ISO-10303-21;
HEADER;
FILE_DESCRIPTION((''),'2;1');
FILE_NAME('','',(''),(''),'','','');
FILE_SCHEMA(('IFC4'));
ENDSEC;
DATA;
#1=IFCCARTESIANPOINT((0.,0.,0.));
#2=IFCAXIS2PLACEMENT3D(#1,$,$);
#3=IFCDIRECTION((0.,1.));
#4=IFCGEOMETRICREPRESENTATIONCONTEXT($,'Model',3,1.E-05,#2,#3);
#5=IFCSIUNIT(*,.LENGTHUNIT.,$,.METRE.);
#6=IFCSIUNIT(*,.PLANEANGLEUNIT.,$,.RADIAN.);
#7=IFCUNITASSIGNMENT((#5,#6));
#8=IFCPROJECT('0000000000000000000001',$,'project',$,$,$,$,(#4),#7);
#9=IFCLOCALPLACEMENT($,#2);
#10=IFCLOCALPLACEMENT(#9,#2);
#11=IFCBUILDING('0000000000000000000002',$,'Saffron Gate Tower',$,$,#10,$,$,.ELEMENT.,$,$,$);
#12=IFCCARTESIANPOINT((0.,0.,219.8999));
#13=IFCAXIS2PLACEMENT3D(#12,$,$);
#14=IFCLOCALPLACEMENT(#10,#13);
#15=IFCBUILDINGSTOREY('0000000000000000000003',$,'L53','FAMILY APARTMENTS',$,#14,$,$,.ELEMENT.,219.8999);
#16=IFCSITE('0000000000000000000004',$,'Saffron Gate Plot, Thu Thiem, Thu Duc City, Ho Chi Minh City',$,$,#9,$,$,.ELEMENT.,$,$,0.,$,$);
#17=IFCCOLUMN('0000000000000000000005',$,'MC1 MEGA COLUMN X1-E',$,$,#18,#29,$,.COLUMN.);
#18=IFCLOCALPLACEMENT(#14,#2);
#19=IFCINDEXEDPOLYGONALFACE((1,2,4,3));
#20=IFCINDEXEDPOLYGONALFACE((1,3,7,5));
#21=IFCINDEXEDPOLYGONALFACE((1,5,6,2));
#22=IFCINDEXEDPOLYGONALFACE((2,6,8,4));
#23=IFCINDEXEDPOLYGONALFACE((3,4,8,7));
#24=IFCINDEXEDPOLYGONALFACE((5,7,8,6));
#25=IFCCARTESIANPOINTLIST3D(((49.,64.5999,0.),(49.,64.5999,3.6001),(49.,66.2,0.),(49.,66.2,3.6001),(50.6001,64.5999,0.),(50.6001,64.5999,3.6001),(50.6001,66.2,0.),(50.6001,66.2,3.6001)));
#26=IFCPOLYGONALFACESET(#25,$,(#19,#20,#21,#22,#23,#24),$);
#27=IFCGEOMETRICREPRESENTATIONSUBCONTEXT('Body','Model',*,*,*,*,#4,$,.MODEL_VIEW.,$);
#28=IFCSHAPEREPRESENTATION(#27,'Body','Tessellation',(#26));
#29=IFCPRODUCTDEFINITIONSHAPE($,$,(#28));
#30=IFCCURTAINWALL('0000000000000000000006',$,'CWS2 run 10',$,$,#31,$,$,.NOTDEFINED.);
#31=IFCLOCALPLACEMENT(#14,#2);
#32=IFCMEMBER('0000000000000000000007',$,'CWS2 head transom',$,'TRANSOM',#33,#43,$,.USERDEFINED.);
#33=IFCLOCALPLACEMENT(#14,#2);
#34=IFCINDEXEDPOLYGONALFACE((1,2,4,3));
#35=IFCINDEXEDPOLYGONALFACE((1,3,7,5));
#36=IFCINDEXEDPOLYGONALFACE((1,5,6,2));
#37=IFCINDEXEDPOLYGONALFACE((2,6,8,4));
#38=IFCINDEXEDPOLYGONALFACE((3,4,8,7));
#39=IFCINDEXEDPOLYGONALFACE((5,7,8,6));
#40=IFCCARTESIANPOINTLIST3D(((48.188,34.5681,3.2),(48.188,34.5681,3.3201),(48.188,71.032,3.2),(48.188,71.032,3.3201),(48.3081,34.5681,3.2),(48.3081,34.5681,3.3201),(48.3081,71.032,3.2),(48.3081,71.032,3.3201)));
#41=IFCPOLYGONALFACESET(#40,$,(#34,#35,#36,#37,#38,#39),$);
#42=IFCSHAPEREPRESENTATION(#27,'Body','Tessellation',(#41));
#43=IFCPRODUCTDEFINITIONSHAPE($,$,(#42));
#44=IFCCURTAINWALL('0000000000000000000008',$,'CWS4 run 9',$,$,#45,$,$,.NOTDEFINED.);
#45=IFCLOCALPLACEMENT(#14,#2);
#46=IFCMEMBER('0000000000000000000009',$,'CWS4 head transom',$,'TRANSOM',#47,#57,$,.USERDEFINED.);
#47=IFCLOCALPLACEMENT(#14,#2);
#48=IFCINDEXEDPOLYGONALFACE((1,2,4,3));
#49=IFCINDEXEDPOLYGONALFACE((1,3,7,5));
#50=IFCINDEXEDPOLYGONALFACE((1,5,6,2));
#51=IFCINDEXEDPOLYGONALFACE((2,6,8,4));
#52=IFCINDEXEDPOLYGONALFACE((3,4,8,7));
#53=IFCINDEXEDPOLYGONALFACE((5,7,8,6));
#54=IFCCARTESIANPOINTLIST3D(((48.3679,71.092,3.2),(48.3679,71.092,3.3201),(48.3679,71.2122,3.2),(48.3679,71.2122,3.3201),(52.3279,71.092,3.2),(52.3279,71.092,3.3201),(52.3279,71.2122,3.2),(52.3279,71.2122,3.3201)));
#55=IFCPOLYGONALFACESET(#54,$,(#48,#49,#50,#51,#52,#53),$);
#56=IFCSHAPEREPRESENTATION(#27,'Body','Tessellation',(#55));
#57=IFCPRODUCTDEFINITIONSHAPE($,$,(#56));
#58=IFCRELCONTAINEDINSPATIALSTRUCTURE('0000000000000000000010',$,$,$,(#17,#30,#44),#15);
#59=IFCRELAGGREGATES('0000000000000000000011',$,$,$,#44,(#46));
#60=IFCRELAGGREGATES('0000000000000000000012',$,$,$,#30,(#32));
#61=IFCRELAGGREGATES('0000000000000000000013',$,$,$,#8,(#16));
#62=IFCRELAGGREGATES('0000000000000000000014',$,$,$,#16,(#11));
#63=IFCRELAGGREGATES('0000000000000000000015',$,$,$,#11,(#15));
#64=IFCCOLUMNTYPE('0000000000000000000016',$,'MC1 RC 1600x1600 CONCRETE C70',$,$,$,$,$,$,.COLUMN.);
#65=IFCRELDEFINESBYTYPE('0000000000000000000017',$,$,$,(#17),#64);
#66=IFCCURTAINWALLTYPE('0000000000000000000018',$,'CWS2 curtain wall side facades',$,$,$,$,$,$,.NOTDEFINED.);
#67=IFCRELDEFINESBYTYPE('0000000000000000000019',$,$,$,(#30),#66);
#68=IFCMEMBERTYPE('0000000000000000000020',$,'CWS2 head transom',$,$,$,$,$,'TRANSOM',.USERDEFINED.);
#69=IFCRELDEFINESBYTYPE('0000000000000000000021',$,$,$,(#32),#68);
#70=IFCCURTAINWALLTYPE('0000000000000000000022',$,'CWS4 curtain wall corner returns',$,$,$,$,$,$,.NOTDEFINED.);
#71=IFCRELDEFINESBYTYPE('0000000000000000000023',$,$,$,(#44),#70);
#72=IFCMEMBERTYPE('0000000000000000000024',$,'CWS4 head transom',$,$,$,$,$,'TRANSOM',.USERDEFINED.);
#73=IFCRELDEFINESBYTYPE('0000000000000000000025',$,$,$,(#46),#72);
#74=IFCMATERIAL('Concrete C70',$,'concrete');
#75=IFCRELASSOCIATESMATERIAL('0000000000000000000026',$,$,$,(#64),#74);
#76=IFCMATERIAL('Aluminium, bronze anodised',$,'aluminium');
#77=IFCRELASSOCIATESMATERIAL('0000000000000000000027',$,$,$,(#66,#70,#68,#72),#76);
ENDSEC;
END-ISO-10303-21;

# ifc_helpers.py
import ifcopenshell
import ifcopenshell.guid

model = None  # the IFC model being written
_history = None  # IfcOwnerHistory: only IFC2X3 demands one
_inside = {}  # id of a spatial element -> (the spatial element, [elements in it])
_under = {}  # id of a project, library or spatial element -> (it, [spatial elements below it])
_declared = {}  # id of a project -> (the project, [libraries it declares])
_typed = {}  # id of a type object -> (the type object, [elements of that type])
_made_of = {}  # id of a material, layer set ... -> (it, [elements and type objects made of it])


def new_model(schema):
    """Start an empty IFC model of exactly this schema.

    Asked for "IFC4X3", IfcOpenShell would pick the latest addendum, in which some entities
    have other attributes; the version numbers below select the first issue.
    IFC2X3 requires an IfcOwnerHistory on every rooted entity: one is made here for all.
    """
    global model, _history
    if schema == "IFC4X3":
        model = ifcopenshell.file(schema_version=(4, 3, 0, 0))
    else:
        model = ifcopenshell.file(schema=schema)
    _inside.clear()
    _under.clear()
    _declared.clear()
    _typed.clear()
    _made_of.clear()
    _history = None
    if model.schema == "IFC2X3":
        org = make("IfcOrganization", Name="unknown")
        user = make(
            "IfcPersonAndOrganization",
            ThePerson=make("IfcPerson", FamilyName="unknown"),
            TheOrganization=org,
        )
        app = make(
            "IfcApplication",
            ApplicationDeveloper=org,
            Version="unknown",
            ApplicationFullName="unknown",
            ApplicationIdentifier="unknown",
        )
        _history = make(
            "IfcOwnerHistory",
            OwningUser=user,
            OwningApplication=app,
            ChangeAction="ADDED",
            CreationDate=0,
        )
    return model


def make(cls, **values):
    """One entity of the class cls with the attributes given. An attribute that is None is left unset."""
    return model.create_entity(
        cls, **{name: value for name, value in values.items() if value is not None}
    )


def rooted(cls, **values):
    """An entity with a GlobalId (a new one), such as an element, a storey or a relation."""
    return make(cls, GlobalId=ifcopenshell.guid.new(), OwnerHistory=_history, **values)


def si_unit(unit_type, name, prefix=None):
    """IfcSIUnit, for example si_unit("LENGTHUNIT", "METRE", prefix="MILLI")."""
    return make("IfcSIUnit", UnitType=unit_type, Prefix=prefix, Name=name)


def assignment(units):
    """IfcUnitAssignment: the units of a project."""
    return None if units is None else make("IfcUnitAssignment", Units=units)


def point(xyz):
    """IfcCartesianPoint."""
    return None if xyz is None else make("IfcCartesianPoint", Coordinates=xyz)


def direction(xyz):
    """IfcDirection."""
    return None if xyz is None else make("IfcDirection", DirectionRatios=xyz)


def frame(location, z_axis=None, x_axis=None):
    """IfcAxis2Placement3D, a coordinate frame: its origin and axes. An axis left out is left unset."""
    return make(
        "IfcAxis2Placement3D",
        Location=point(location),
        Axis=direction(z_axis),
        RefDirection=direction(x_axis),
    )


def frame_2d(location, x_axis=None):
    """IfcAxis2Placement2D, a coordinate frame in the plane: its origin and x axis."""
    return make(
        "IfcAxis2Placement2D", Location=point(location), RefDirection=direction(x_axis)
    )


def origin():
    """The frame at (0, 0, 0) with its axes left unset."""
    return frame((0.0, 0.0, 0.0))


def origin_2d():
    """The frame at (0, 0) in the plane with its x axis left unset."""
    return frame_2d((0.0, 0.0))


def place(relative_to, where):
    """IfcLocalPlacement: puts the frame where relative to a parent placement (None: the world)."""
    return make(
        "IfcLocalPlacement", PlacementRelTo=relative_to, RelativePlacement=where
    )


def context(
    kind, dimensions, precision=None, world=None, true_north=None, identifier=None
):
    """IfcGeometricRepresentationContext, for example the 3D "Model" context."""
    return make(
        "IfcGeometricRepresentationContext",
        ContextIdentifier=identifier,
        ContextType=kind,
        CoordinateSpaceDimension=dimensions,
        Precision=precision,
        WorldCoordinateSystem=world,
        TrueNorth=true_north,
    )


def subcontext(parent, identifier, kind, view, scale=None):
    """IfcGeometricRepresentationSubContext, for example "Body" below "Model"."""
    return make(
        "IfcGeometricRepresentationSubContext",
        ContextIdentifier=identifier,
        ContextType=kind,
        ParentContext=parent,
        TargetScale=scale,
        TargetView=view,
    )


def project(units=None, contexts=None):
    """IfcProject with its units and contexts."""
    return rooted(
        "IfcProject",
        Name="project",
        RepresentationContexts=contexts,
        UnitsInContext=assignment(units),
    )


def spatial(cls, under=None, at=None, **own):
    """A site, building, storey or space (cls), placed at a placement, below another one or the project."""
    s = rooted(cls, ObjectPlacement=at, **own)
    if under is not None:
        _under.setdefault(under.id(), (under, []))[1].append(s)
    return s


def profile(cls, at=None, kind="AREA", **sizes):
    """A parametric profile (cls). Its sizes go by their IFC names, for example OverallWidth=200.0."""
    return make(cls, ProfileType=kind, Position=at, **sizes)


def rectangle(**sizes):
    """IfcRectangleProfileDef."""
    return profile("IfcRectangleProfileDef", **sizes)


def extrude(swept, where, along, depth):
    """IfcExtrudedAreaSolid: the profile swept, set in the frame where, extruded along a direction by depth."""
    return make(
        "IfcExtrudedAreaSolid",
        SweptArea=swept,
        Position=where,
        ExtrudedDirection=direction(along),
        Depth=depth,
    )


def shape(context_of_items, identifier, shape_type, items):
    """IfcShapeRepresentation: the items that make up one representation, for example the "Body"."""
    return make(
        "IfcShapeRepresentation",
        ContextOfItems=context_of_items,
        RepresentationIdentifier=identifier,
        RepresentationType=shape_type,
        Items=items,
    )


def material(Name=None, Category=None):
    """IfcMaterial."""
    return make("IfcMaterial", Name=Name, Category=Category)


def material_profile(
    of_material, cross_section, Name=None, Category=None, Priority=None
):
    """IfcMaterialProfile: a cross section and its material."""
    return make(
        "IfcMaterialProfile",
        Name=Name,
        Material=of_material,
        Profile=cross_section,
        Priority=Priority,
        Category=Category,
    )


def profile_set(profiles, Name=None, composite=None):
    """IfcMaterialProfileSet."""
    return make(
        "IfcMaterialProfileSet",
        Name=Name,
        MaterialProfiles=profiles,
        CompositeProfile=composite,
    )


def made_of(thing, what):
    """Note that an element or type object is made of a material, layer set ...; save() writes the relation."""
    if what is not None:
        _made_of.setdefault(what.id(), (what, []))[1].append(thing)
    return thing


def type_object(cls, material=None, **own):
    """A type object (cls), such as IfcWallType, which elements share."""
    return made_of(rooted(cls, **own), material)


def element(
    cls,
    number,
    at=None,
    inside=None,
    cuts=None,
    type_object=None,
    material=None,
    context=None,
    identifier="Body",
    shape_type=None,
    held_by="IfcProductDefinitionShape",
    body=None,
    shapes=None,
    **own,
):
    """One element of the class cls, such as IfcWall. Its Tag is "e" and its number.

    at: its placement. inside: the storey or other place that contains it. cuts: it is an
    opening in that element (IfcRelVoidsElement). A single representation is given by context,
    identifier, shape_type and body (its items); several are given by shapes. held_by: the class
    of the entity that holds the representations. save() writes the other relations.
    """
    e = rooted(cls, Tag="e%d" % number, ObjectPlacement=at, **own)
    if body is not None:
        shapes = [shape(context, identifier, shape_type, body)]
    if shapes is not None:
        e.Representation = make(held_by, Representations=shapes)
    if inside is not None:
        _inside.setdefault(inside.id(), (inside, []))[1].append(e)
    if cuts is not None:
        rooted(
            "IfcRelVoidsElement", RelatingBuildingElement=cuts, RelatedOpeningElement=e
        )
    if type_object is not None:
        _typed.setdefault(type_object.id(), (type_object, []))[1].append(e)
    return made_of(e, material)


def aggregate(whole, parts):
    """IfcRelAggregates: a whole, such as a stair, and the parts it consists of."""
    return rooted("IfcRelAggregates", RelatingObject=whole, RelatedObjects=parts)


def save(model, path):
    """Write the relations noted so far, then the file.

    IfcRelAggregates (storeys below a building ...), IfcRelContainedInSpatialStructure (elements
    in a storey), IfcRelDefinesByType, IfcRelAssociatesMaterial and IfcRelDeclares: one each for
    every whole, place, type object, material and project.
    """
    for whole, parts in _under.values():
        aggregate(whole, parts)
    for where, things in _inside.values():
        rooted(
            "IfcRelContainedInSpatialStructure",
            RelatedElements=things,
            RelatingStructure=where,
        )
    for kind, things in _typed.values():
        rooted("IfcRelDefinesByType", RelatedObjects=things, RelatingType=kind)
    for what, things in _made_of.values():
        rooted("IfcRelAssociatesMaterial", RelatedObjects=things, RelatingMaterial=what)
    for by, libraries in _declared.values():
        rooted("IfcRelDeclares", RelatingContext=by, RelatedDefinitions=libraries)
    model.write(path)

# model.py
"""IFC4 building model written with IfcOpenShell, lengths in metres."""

from ifc_helpers import new_model, si_unit, direction, frame, origin, origin_2d, place, context, subcontext, project, spatial, rectangle, extrude, material, material_profile, profile_set, type_object, element, aggregate, save


model = new_model("IFC4")

# Units and contexts
model_context = context("Model", 3, precision=1e-05, world=origin(), true_north=direction((0.0, 1.0)))
body_context = subcontext(model_context, "Body", "Model", "MODEL_VIEW")
ifc_project = project(units=[si_unit("LENGTHUNIT", "METRE"), si_unit("PLANEANGLEUNIT", "RADIAN")], contexts=[model_context])

# Site, building, storey
site_placement = place(None, origin())
site = spatial("IfcSite", under=ifc_project, at=site_placement, Name="Saffron Gate Plot, Thu Thiem, Thu Duc City, Ho Chi Minh City", CompositionType="ELEMENT", RefElevation=0.0)
building_placement = place(site_placement, origin())
building = spatial("IfcBuilding", under=site, at=building_placement, Name="Saffron Gate Tower", CompositionType="ELEMENT")
storey_placement = place(building_placement, frame((0.0, 0.0, 219.8999)))
storey = spatial("IfcBuildingStorey", under=building, at=storey_placement, Name="L53", Description="FAMILY APARTMENTS", CompositionType="ELEMENT", Elevation=219.8999)

# Column
ifc_material_1 = material(Name="Concrete C70", Category="concrete")
ifc_material_profile_1 = material_profile(ifc_material_1, rectangle(XDim=1.6001, YDim=1.6001, at=origin_2d()))
ifc_profile_set_1 = profile_set([ifc_material_profile_1], Name="Concrete C70")
column_type = type_object("IfcColumnType", Name="MC1 RC 1600x1600 CONCRETE C70", PredefinedType="COLUMN", material=ifc_profile_set_1)
column_placement = place(storey_placement, frame((49.8, 65.3999, 0.0), z_axis=(0.0, 0.0, 1.0), x_axis=(1.0, 0.0, 0.0)))
element("IfcColumn", 1, at=column_placement, inside=storey, type_object=column_type, Name="MC1 MEGA COLUMN X1-E", PredefinedType="COLUMN", context=body_context, shape_type="SweptSolid", body=[
    extrude(rectangle(XDim=1.6001, YDim=1.6001, at=origin_2d()), origin(), (0.0, 0.0, 1.0), 3.6001),
])

# Curtain walls, members
ifc_material_2 = material(Name="Aluminium, bronze anodised", Category="aluminium")
curtain_wall_type_1 = type_object("IfcCurtainWallType", Name="CWS2 curtain wall side facades", PredefinedType="NOTDEFINED", material=ifc_material_2)
curtain_wall_1_placement = place(storey_placement, origin())
curtain_wall_1 = element("IfcCurtainWall", 2, at=curtain_wall_1_placement, inside=storey, type_object=curtain_wall_type_1, Name="CWS2 run 10", PredefinedType="NOTDEFINED")
ifc_material_profile_2 = material_profile(ifc_material_2, rectangle(XDim=0.1201, YDim=0.1201, at=origin_2d()))
ifc_profile_set_2 = profile_set([ifc_material_profile_2], Name="Aluminium, bronze anodised")
member_type_1 = type_object("IfcMemberType", Name="CWS2 head transom", ElementType="TRANSOM", PredefinedType="USERDEFINED", material=ifc_profile_set_2)
member_1_placement = place(storey_placement, frame((48.248, 71.032, 3.26), z_axis=(0.0, -1.0, 0.0), x_axis=(1.0, 0.0, 0.0)))
member_1 = element("IfcMember", 3, at=member_1_placement, type_object=member_type_1, Name="CWS2 head transom", ObjectType="TRANSOM", PredefinedType="USERDEFINED", context=body_context, shape_type="SweptSolid", body=[
    extrude(rectangle(XDim=0.1201, YDim=0.1201, at=origin_2d()), origin(), (0.0, 0.0, 1.0), 36.4639),
])
curtain_wall_type_2 = type_object("IfcCurtainWallType", Name="CWS4 curtain wall corner returns", PredefinedType="NOTDEFINED", material=ifc_material_2)
curtain_wall_2_placement = place(storey_placement, origin())
curtain_wall_2 = element("IfcCurtainWall", 4, at=curtain_wall_2_placement, inside=storey, type_object=curtain_wall_type_2, Name="CWS4 run 9", PredefinedType="NOTDEFINED")
ifc_material_profile_3 = material_profile(ifc_material_2, rectangle(XDim=0.1201, YDim=0.1201, at=origin_2d()))
ifc_profile_set_3 = profile_set([ifc_material_profile_3], Name="Aluminium, bronze anodised")
member_type_2 = type_object("IfcMemberType", Name="CWS4 head transom", ElementType="TRANSOM", PredefinedType="USERDEFINED", material=ifc_profile_set_3)
member_2_placement = place(storey_placement, frame((52.3279, 71.1521, 3.26), z_axis=(-1.0, 0.0, 0.0), x_axis=(0.0, -1.0, 0.0)))
member_2 = element("IfcMember", 5, at=member_2_placement, type_object=member_type_2, Name="CWS4 head transom", ObjectType="TRANSOM", PredefinedType="USERDEFINED", context=body_context, shape_type="SweptSolid", body=[
    extrude(rectangle(XDim=0.1201, YDim=0.1201, at=origin_2d()), origin(), (0.0, 0.0, 1.0), 3.96),
])
aggregate(curtain_wall_2, [member_2])

aggregate(curtain_wall_1, [member_1])

save(model, "model.ifc")
